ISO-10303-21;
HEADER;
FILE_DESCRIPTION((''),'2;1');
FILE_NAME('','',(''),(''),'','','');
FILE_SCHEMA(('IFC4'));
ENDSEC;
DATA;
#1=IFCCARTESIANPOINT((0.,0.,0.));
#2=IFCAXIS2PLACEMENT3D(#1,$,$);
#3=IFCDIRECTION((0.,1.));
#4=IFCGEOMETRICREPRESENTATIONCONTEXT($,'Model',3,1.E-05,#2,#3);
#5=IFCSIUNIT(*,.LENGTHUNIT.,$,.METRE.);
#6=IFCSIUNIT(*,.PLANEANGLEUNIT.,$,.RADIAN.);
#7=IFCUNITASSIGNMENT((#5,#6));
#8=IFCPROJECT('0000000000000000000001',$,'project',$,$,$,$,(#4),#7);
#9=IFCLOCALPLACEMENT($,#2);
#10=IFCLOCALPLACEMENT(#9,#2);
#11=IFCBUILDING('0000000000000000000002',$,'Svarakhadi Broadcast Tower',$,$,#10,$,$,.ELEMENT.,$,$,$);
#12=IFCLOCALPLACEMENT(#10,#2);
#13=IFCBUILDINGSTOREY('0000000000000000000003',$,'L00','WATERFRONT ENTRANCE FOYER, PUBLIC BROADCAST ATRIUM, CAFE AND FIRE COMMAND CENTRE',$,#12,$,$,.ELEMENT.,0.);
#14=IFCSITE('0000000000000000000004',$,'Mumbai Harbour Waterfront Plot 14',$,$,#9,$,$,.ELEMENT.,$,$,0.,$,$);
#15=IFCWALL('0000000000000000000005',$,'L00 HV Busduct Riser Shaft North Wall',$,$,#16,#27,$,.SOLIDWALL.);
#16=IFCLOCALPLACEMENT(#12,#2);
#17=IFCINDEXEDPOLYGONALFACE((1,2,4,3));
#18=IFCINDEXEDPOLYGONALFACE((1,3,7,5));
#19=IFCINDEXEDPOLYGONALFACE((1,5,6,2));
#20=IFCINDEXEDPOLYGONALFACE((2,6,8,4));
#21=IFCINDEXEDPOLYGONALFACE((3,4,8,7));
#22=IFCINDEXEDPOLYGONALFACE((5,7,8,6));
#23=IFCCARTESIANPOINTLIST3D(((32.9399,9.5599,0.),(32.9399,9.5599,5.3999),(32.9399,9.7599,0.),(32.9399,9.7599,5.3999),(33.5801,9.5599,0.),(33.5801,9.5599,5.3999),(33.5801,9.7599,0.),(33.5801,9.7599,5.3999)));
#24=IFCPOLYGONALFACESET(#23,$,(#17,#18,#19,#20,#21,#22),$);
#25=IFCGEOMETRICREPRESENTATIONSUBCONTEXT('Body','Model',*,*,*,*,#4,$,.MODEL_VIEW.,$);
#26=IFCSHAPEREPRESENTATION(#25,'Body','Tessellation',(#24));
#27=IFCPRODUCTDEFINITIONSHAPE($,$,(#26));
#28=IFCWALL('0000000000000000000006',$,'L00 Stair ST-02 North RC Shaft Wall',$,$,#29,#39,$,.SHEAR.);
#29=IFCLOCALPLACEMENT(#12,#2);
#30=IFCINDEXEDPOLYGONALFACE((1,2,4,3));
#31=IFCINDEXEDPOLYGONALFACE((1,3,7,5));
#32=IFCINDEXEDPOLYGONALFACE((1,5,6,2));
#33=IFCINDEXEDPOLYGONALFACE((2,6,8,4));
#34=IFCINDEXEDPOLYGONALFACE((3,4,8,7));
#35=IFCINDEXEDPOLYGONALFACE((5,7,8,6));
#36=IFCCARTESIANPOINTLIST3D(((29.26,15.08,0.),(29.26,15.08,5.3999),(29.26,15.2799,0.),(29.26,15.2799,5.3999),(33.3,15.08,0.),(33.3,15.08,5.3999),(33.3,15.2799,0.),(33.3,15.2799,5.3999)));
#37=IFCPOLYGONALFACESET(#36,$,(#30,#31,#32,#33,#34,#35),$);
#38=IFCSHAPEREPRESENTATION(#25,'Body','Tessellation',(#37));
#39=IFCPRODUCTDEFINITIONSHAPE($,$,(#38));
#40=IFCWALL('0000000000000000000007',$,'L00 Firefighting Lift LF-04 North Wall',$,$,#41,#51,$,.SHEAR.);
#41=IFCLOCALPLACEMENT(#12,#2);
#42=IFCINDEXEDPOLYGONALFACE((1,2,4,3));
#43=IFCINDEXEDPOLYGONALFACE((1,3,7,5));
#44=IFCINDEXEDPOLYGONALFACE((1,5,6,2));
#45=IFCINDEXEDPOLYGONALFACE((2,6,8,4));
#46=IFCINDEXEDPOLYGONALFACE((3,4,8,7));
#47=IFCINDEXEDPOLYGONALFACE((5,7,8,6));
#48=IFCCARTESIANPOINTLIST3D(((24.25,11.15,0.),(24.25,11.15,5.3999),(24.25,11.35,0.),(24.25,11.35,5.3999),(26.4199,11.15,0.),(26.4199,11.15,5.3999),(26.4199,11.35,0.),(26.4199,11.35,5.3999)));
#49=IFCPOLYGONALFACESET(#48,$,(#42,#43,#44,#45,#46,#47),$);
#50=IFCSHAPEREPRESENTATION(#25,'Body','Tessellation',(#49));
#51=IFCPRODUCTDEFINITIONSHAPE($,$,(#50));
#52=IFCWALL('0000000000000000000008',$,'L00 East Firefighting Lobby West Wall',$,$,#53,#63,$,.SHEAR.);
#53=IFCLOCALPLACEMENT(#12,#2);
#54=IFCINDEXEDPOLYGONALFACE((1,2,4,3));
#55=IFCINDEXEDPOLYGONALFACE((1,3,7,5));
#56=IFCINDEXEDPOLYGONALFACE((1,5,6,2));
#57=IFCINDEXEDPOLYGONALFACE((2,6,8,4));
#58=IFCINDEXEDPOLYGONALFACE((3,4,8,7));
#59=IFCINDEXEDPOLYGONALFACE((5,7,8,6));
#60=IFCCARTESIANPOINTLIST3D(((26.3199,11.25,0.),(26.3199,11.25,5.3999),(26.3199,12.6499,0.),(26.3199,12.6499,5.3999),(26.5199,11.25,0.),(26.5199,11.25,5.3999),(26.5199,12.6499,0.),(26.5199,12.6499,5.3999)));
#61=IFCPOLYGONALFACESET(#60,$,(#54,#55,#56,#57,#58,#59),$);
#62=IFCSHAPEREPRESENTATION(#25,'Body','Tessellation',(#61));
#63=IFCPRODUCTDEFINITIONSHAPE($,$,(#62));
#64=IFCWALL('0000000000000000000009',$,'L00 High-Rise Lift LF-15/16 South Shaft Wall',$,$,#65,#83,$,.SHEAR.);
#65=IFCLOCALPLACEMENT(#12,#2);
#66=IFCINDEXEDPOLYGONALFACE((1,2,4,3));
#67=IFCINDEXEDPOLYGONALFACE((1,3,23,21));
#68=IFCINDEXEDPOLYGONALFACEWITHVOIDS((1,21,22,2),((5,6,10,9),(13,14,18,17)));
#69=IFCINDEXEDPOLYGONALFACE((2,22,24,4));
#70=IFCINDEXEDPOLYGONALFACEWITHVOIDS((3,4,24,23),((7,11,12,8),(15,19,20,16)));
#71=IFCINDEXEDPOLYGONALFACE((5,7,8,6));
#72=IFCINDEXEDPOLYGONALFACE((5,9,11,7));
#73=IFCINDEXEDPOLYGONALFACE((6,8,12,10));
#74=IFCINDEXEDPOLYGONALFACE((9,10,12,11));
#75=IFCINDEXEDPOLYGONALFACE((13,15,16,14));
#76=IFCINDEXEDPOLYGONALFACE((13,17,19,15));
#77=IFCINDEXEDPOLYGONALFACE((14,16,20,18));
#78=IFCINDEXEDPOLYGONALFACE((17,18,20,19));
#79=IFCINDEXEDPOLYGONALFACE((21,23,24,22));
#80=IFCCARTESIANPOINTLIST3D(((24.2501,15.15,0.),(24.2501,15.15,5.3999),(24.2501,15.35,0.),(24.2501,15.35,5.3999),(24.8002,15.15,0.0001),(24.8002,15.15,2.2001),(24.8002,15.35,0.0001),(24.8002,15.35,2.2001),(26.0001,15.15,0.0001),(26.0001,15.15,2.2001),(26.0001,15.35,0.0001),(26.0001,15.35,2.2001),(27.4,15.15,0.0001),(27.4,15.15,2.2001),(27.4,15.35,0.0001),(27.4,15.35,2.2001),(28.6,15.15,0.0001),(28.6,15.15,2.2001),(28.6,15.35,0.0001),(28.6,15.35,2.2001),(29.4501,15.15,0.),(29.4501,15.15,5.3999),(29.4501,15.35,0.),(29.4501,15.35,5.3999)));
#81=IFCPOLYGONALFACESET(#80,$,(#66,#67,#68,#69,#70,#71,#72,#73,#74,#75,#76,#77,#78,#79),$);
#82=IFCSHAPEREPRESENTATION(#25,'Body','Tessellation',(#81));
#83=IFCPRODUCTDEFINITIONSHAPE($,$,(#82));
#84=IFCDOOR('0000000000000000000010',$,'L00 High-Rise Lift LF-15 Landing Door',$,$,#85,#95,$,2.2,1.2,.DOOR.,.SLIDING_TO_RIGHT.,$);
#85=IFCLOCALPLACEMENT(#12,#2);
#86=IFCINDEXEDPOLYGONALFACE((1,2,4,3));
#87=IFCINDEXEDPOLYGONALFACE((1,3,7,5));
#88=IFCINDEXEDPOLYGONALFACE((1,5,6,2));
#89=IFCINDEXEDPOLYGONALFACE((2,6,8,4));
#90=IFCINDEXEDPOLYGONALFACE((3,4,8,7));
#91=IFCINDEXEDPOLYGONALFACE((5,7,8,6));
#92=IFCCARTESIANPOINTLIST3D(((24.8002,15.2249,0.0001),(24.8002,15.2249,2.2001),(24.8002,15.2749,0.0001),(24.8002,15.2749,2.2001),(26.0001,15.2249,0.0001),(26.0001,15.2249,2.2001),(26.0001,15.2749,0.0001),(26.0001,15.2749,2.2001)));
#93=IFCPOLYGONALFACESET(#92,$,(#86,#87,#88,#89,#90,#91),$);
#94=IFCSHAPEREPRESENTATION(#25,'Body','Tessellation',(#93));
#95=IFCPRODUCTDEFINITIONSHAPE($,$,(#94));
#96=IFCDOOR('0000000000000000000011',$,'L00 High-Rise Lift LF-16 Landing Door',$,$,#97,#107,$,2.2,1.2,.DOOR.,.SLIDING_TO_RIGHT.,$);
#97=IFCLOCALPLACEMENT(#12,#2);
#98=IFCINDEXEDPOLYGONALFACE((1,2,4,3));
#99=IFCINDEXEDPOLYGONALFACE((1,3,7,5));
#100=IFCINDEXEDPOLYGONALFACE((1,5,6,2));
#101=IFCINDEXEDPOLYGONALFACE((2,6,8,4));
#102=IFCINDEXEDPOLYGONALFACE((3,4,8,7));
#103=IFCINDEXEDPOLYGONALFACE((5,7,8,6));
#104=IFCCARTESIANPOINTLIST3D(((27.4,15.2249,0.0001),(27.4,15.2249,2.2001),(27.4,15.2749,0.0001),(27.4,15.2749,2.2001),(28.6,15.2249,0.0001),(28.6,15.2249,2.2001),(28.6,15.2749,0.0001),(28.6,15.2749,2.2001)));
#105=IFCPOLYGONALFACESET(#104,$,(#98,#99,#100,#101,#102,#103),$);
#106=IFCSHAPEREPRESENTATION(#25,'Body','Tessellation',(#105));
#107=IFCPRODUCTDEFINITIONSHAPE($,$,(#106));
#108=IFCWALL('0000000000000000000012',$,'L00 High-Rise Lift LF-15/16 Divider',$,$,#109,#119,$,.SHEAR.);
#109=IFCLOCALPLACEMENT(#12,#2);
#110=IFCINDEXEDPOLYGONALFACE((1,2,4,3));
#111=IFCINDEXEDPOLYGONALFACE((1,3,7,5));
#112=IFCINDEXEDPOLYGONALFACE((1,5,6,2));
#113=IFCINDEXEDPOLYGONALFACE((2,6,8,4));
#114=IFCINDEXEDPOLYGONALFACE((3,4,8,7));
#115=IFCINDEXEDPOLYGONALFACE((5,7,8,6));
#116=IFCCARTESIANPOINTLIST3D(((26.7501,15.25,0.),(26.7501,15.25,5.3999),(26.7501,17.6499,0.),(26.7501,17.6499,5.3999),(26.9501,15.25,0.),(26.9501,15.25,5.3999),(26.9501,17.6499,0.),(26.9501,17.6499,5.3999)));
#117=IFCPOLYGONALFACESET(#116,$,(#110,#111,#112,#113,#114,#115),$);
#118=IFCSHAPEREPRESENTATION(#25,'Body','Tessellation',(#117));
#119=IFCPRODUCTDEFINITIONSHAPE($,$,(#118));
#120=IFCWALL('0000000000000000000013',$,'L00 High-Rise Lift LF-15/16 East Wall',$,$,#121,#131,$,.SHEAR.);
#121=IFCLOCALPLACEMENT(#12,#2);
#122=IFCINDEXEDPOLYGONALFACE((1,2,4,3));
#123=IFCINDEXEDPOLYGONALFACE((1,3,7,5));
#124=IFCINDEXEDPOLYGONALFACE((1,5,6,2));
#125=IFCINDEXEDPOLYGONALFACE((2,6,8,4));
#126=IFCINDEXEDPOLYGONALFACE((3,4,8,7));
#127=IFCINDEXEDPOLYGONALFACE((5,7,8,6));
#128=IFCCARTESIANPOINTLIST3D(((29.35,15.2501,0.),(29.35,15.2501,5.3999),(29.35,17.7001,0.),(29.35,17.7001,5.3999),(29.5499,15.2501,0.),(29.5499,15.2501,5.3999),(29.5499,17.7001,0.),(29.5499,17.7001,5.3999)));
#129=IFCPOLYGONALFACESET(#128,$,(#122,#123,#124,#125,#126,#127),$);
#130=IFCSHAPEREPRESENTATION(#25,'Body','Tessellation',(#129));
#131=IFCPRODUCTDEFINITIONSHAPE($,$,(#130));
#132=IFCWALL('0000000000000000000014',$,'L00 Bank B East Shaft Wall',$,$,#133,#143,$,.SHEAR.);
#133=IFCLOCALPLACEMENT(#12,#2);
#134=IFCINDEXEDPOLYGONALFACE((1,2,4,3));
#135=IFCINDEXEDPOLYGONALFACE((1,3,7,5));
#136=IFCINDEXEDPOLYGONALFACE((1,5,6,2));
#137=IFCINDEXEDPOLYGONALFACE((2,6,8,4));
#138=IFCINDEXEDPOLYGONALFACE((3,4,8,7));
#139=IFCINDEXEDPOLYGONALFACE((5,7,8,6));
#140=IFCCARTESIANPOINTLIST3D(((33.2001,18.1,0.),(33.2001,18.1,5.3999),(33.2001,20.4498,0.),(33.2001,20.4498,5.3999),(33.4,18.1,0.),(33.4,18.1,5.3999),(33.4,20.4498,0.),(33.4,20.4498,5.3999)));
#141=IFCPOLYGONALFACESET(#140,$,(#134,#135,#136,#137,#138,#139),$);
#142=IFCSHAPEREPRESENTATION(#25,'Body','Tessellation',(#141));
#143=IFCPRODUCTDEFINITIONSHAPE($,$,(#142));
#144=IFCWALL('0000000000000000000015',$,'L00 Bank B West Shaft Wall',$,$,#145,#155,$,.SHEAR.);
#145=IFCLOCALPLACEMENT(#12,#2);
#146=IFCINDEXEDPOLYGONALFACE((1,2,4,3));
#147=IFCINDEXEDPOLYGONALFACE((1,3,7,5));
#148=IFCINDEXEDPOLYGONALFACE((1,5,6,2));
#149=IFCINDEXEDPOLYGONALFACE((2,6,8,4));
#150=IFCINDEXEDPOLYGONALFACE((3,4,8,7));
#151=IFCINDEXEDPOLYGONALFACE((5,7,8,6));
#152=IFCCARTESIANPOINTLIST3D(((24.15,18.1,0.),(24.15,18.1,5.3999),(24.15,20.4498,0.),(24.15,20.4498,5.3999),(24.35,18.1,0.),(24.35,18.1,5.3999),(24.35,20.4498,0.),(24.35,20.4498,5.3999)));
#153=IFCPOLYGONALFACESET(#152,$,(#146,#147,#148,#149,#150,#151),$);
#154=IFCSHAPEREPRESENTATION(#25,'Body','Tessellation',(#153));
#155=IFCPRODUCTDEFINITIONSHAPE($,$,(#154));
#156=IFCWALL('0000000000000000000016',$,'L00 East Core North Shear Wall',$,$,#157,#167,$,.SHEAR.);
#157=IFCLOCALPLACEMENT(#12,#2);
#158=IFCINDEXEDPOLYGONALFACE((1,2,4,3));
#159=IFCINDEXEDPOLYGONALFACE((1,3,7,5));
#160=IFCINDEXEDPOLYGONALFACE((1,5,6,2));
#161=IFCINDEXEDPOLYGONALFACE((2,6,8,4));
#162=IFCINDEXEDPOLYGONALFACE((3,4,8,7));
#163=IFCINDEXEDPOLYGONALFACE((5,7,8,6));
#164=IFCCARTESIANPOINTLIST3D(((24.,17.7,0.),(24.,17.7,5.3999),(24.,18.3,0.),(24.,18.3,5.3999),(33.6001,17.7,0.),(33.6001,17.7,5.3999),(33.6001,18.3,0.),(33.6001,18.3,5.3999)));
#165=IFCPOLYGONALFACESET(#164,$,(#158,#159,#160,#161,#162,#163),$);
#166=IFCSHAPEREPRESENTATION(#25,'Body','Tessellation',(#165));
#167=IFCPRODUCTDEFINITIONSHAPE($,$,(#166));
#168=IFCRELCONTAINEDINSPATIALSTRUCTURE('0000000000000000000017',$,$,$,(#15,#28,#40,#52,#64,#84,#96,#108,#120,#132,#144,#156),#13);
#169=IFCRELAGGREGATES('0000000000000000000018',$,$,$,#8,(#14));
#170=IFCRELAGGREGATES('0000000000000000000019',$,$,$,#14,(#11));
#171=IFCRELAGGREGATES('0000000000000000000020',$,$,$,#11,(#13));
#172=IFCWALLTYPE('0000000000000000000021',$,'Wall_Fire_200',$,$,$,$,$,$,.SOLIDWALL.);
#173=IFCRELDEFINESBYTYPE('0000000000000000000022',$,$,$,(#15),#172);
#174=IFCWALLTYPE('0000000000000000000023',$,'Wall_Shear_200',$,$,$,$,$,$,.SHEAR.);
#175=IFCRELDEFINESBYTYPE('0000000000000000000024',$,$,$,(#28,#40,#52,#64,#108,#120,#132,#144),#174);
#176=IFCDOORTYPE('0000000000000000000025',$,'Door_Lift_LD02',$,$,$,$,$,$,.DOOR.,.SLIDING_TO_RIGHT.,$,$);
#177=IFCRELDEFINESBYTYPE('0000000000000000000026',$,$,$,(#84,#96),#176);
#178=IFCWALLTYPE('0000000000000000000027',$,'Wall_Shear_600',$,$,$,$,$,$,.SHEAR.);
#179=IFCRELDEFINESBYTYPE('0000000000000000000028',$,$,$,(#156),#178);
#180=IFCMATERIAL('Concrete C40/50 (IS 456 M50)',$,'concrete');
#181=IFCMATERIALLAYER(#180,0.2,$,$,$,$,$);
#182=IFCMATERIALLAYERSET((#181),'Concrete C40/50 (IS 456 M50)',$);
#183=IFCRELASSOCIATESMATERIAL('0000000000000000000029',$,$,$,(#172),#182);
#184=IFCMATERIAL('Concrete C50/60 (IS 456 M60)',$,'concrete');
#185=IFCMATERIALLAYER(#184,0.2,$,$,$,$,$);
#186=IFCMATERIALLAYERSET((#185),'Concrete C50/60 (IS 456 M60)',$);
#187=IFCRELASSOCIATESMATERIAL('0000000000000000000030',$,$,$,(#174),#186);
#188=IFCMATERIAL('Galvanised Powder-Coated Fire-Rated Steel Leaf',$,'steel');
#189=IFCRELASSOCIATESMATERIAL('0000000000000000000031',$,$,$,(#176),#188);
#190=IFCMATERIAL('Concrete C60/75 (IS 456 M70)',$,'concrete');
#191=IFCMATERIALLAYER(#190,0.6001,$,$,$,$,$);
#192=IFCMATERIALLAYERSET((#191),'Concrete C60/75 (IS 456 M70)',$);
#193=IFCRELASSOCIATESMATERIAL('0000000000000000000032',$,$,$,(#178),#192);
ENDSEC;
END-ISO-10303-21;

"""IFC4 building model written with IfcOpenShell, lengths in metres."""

from ifc_helpers import new_model, si_unit, direction, frame, frame_2d, origin, place, context, subcontext, project, spatial, rectangle, extrude, material, layer, layer_set, type_object, element, fill, save


model = new_model("IFC4")

# Units and contexts
model_context = context("Model", 3, precision=1e-05, world=origin(), true_north=direction((0.0, 1.0)))
body_context = subcontext(model_context, "Body", "Model", "MODEL_VIEW")
ifc_project = project(units=[si_unit("LENGTHUNIT", "METRE"), si_unit("PLANEANGLEUNIT", "RADIAN")], contexts=[model_context])

# Site, building, storey
site_placement = place(None, origin())
site = spatial("IfcSite", under=ifc_project, at=site_placement, Name="Mumbai Harbour Waterfront Plot 14", CompositionType="ELEMENT", RefElevation=0.0)
building_placement = place(site_placement, origin())
building = spatial("IfcBuilding", under=site, at=building_placement, Name="Svarakhadi Broadcast Tower", CompositionType="ELEMENT")
storey_placement = place(building_placement, origin())
storey = spatial("IfcBuildingStorey", under=building, at=storey_placement, Name="L00", Description="WATERFRONT ENTRANCE FOYER, PUBLIC BROADCAST ATRIUM, CAFE AND FIRE COMMAND CENTRE", CompositionType="ELEMENT", Elevation=0.0)

# Shared definitions
ifc_material_1 = material(Name="Concrete C60/75 (IS 456 M70)", Category="concrete")

# Walls
ifc_material_2 = material(Name="Concrete C40/50 (IS 456 M50)", Category="concrete")
ifc_layer_1 = layer(ifc_material_2, 0.2)
ifc_layer_set_1 = layer_set([ifc_layer_1], Name="Concrete C40/50 (IS 456 M50)")
wall_type_1 = type_object("IfcWallType", Name="Wall_Fire_200", PredefinedType="SOLIDWALL", material=ifc_layer_set_1)
wall_1_placement = place(storey_placement, frame((32.9399, 9.6599, 0.0), z_axis=(0.0, 0.0, 1.0), x_axis=(1.0, 0.0, 0.0)))
element("IfcWall", 1, at=wall_1_placement, inside=storey, type_object=wall_type_1, Name="L00 HV Busduct Riser Shaft North Wall", PredefinedType="SOLIDWALL", context=body_context, shape_type="SweptSolid", body=[
    extrude(rectangle(XDim=0.6401, YDim=0.2, at=frame_2d((0.3201, 0.0))), origin(), (0.0, 0.0, 1.0), 5.3999),
])
ifc_material_3 = material(Name="Concrete C50/60 (IS 456 M60)", Category="concrete")
ifc_layer_2 = layer(ifc_material_3, 0.2)
ifc_layer_set_2 = layer_set([ifc_layer_2], Name="Concrete C50/60 (IS 456 M60)")
wall_type_2 = type_object("IfcWallType", Name="Wall_Shear_200", PredefinedType="SHEAR", material=ifc_layer_set_2)
wall_2_placement = place(storey_placement, frame((29.26, 15.1799, 0.0), z_axis=(0.0, 0.0, 1.0), x_axis=(1.0, 0.0, 0.0)))
element("IfcWall", 2, at=wall_2_placement, inside=storey, type_object=wall_type_2, Name="L00 Stair ST-02 North RC Shaft Wall", PredefinedType="SHEAR", context=body_context, shape_type="SweptSolid", body=[
    extrude(rectangle(XDim=4.04, YDim=0.2, at=frame_2d((2.02, 0.0))), origin(), (0.0, 0.0, 1.0), 5.3999),
])
wall_3_placement = place(storey_placement, frame((24.25, 11.25, 0.0), z_axis=(0.0, 0.0, 1.0), x_axis=(1.0, 0.0, 0.0)))
element("IfcWall", 3, at=wall_3_placement, inside=storey, type_object=wall_type_2, Name="L00 Firefighting Lift LF-04 North Wall", PredefinedType="SHEAR", context=body_context, shape_type="SweptSolid", body=[
    extrude(rectangle(XDim=2.1699, YDim=0.2, at=frame_2d((1.085, 0.0))), origin(), (0.0, 0.0, 1.0), 5.3999),
])
wall_4_placement = place(storey_placement, frame((26.4199, 11.25, 0.0), z_axis=(0.0, 0.0, 1.0), x_axis=(0.0, 1.0, 0.0)))
element("IfcWall", 4, at=wall_4_placement, inside=storey, type_object=wall_type_2, Name="L00 East Firefighting Lobby West Wall", PredefinedType="SHEAR", context=body_context, shape_type="SweptSolid", body=[
    extrude(rectangle(XDim=1.3999, YDim=0.2, at=frame_2d((0.7, 0.0))), origin(), (0.0, 0.0, 1.0), 5.3999),
])

# Shared definitions
ifc_material_4 = material(Name="Galvanised Powder-Coated Fire-Rated Steel Leaf", Category="steel")

# Wall, openings, doors
wall_5_placement = place(storey_placement, frame((24.25, 15.25, 0.0), z_axis=(0.0, 0.0, 1.0), x_axis=(1.0, 0.0, 0.0)))
wall_5 = element("IfcWall", 5, at=wall_5_placement, inside=storey, type_object=wall_type_2, Name="L00 High-Rise Lift LF-15/16 South Shaft Wall", PredefinedType="SHEAR", context=body_context, shape_type="SweptSolid", body=[
    extrude(rectangle(XDim=5.2, YDim=0.2, at=frame_2d((2.6001, 0.0))), origin(), (0.0, 0.0, 1.0), 5.3999),
])
opening_1_placement = place(wall_5_placement, frame((0.55, 0.0, 0.0)))
opening_1 = element("IfcOpeningElement", 6, at=opening_1_placement, cuts=wall_5, PredefinedType="OPENING", context=body_context, shape_type="SweptSolid", body=[
    extrude(rectangle(XDim=1.2, YDim=2.2, at=frame_2d((0.6001, 1.1001))), frame((0.0, 0.1099, 0.0), z_axis=(0.0, -1.0, 0.0), x_axis=(1.0, 0.0, 0.0)), (0.0, 0.0, 1.0), 0.22),
])
opening_2_placement = place(wall_5_placement, frame((3.1499, 0.0, 0.0)))
opening_2 = element("IfcOpeningElement", 7, at=opening_2_placement, cuts=wall_5, PredefinedType="OPENING", context=body_context, shape_type="SweptSolid", body=[
    extrude(rectangle(XDim=1.2, YDim=2.2, at=frame_2d((0.6001, 1.1001))), frame((0.0, 0.1099, 0.0), z_axis=(0.0, -1.0, 0.0), x_axis=(1.0, 0.0, 0.0)), (0.0, 0.0, 1.0), 0.22),
])
door_type_1 = type_object("IfcDoorType", Name="Door_Lift_LD02", OperationType="SLIDING_TO_RIGHT", PredefinedType="DOOR", material=ifc_material_4)
door_1_placement = place(opening_1_placement, origin())
door_1 = element("IfcDoor", 8, at=door_1_placement, inside=storey, type_object=door_type_1, Name="L00 High-Rise Lift LF-15 Landing Door", OperationType="SLIDING_TO_RIGHT", OverallHeight=2.2, OverallWidth=1.2, PredefinedType="DOOR", context=body_context, shape_type="SweptSolid", body=[
    extrude(rectangle(XDim=1.2, YDim=2.2, at=frame_2d((0.6001, 1.1001))), frame((0.0, 0.0249, 0.0), z_axis=(0.0, -1.0, 0.0), x_axis=(1.0, 0.0, 0.0)), (0.0, 0.0, 1.0), 0.05),
])
fill(opening_1, door_1)
door_2_placement = place(opening_2_placement, origin())
door_2 = element("IfcDoor", 9, at=door_2_placement, inside=storey, type_object=door_type_1, Name="L00 High-Rise Lift LF-16 Landing Door", OperationType="SLIDING_TO_RIGHT", OverallHeight=2.2, OverallWidth=1.2, PredefinedType="DOOR", context=body_context, shape_type="SweptSolid", body=[
    extrude(rectangle(XDim=1.2, YDim=2.2, at=frame_2d((0.6001, 1.1001))), frame((0.0, 0.0249, 0.0), z_axis=(0.0, -1.0, 0.0), x_axis=(1.0, 0.0, 0.0)), (0.0, 0.0, 1.0), 0.05),
])
fill(opening_2, door_2)

# Walls
wall_6_placement = place(storey_placement, frame((26.8501, 15.25, 0.0), z_axis=(0.0, 0.0, 1.0), x_axis=(0.0, 1.0, 0.0)))
element("IfcWall", 10, at=wall_6_placement, inside=storey, type_object=wall_type_2, Name="L00 High-Rise Lift LF-15/16 Divider", PredefinedType="SHEAR", context=body_context, shape_type="SweptSolid", body=[
    extrude(rectangle(XDim=2.3999, YDim=0.2, at=frame_2d((1.2, 0.0))), origin(), (0.0, 0.0, 1.0), 5.3999),
])
wall_7_placement = place(storey_placement, frame((29.45, 15.25, 0.0), z_axis=(0.0, 0.0, 1.0), x_axis=(0.0, 1.0, 0.0)))
element("IfcWall", 11, at=wall_7_placement, inside=storey, type_object=wall_type_2, Name="L00 High-Rise Lift LF-15/16 East Wall", PredefinedType="SHEAR", context=body_context, shape_type="SweptSolid", body=[
    extrude(rectangle(XDim=2.45, YDim=0.2, at=frame_2d((1.2251, 0.0))), origin(), (0.0, 0.0, 1.0), 5.3999),
])
for number, where, z_axis, x_axis, name in (
    (12, (33.3, 18.1001, 0.0), (0.0, 0.0, 1.0), (0.0, 1.0, 0.0), "L00 Bank B East Shaft Wall"),
    (13, (24.25, 18.1001, 0.0), (0.0, 0.0, 1.0), (0.0, 1.0, 0.0), "L00 Bank B West Shaft Wall"),
):
    element("IfcWall", number, at=place(storey_placement, frame(where, z_axis=z_axis, x_axis=x_axis)), inside=storey, type_object=wall_type_2, Name=name, PredefinedType="SHEAR", context=body_context, shape_type="SweptSolid", body=[
        extrude(rectangle(XDim=2.3499, YDim=0.2, at=frame_2d((1.1748, 0.0))), origin(), (0.0, 0.0, 1.0), 5.3999),
    ])
ifc_layer_3 = layer(ifc_material_1, 0.6001)
ifc_layer_set_3 = layer_set([ifc_layer_3], Name="Concrete C60/75 (IS 456 M70)")
wall_type_3 = type_object("IfcWallType", Name="Wall_Shear_600", PredefinedType="SHEAR", material=ifc_layer_set_3)
wall_8_placement = place(storey_placement, frame((24.0, 18.0, 0.0), z_axis=(0.0, 0.0, 1.0), x_axis=(1.0, 0.0, 0.0)))
element("IfcWall", 14, at=wall_8_placement, inside=storey, type_object=wall_type_3, Name="L00 East Core North Shear Wall", PredefinedType="SHEAR", context=body_context, shape_type="SweptSolid", body=[
    extrude(rectangle(XDim=9.6001, YDim=0.6001, at=frame_2d((4.8, 0.0))), origin(), (0.0, 0.0, 1.0), 5.3999),
])

save(model, "model.ifc")
